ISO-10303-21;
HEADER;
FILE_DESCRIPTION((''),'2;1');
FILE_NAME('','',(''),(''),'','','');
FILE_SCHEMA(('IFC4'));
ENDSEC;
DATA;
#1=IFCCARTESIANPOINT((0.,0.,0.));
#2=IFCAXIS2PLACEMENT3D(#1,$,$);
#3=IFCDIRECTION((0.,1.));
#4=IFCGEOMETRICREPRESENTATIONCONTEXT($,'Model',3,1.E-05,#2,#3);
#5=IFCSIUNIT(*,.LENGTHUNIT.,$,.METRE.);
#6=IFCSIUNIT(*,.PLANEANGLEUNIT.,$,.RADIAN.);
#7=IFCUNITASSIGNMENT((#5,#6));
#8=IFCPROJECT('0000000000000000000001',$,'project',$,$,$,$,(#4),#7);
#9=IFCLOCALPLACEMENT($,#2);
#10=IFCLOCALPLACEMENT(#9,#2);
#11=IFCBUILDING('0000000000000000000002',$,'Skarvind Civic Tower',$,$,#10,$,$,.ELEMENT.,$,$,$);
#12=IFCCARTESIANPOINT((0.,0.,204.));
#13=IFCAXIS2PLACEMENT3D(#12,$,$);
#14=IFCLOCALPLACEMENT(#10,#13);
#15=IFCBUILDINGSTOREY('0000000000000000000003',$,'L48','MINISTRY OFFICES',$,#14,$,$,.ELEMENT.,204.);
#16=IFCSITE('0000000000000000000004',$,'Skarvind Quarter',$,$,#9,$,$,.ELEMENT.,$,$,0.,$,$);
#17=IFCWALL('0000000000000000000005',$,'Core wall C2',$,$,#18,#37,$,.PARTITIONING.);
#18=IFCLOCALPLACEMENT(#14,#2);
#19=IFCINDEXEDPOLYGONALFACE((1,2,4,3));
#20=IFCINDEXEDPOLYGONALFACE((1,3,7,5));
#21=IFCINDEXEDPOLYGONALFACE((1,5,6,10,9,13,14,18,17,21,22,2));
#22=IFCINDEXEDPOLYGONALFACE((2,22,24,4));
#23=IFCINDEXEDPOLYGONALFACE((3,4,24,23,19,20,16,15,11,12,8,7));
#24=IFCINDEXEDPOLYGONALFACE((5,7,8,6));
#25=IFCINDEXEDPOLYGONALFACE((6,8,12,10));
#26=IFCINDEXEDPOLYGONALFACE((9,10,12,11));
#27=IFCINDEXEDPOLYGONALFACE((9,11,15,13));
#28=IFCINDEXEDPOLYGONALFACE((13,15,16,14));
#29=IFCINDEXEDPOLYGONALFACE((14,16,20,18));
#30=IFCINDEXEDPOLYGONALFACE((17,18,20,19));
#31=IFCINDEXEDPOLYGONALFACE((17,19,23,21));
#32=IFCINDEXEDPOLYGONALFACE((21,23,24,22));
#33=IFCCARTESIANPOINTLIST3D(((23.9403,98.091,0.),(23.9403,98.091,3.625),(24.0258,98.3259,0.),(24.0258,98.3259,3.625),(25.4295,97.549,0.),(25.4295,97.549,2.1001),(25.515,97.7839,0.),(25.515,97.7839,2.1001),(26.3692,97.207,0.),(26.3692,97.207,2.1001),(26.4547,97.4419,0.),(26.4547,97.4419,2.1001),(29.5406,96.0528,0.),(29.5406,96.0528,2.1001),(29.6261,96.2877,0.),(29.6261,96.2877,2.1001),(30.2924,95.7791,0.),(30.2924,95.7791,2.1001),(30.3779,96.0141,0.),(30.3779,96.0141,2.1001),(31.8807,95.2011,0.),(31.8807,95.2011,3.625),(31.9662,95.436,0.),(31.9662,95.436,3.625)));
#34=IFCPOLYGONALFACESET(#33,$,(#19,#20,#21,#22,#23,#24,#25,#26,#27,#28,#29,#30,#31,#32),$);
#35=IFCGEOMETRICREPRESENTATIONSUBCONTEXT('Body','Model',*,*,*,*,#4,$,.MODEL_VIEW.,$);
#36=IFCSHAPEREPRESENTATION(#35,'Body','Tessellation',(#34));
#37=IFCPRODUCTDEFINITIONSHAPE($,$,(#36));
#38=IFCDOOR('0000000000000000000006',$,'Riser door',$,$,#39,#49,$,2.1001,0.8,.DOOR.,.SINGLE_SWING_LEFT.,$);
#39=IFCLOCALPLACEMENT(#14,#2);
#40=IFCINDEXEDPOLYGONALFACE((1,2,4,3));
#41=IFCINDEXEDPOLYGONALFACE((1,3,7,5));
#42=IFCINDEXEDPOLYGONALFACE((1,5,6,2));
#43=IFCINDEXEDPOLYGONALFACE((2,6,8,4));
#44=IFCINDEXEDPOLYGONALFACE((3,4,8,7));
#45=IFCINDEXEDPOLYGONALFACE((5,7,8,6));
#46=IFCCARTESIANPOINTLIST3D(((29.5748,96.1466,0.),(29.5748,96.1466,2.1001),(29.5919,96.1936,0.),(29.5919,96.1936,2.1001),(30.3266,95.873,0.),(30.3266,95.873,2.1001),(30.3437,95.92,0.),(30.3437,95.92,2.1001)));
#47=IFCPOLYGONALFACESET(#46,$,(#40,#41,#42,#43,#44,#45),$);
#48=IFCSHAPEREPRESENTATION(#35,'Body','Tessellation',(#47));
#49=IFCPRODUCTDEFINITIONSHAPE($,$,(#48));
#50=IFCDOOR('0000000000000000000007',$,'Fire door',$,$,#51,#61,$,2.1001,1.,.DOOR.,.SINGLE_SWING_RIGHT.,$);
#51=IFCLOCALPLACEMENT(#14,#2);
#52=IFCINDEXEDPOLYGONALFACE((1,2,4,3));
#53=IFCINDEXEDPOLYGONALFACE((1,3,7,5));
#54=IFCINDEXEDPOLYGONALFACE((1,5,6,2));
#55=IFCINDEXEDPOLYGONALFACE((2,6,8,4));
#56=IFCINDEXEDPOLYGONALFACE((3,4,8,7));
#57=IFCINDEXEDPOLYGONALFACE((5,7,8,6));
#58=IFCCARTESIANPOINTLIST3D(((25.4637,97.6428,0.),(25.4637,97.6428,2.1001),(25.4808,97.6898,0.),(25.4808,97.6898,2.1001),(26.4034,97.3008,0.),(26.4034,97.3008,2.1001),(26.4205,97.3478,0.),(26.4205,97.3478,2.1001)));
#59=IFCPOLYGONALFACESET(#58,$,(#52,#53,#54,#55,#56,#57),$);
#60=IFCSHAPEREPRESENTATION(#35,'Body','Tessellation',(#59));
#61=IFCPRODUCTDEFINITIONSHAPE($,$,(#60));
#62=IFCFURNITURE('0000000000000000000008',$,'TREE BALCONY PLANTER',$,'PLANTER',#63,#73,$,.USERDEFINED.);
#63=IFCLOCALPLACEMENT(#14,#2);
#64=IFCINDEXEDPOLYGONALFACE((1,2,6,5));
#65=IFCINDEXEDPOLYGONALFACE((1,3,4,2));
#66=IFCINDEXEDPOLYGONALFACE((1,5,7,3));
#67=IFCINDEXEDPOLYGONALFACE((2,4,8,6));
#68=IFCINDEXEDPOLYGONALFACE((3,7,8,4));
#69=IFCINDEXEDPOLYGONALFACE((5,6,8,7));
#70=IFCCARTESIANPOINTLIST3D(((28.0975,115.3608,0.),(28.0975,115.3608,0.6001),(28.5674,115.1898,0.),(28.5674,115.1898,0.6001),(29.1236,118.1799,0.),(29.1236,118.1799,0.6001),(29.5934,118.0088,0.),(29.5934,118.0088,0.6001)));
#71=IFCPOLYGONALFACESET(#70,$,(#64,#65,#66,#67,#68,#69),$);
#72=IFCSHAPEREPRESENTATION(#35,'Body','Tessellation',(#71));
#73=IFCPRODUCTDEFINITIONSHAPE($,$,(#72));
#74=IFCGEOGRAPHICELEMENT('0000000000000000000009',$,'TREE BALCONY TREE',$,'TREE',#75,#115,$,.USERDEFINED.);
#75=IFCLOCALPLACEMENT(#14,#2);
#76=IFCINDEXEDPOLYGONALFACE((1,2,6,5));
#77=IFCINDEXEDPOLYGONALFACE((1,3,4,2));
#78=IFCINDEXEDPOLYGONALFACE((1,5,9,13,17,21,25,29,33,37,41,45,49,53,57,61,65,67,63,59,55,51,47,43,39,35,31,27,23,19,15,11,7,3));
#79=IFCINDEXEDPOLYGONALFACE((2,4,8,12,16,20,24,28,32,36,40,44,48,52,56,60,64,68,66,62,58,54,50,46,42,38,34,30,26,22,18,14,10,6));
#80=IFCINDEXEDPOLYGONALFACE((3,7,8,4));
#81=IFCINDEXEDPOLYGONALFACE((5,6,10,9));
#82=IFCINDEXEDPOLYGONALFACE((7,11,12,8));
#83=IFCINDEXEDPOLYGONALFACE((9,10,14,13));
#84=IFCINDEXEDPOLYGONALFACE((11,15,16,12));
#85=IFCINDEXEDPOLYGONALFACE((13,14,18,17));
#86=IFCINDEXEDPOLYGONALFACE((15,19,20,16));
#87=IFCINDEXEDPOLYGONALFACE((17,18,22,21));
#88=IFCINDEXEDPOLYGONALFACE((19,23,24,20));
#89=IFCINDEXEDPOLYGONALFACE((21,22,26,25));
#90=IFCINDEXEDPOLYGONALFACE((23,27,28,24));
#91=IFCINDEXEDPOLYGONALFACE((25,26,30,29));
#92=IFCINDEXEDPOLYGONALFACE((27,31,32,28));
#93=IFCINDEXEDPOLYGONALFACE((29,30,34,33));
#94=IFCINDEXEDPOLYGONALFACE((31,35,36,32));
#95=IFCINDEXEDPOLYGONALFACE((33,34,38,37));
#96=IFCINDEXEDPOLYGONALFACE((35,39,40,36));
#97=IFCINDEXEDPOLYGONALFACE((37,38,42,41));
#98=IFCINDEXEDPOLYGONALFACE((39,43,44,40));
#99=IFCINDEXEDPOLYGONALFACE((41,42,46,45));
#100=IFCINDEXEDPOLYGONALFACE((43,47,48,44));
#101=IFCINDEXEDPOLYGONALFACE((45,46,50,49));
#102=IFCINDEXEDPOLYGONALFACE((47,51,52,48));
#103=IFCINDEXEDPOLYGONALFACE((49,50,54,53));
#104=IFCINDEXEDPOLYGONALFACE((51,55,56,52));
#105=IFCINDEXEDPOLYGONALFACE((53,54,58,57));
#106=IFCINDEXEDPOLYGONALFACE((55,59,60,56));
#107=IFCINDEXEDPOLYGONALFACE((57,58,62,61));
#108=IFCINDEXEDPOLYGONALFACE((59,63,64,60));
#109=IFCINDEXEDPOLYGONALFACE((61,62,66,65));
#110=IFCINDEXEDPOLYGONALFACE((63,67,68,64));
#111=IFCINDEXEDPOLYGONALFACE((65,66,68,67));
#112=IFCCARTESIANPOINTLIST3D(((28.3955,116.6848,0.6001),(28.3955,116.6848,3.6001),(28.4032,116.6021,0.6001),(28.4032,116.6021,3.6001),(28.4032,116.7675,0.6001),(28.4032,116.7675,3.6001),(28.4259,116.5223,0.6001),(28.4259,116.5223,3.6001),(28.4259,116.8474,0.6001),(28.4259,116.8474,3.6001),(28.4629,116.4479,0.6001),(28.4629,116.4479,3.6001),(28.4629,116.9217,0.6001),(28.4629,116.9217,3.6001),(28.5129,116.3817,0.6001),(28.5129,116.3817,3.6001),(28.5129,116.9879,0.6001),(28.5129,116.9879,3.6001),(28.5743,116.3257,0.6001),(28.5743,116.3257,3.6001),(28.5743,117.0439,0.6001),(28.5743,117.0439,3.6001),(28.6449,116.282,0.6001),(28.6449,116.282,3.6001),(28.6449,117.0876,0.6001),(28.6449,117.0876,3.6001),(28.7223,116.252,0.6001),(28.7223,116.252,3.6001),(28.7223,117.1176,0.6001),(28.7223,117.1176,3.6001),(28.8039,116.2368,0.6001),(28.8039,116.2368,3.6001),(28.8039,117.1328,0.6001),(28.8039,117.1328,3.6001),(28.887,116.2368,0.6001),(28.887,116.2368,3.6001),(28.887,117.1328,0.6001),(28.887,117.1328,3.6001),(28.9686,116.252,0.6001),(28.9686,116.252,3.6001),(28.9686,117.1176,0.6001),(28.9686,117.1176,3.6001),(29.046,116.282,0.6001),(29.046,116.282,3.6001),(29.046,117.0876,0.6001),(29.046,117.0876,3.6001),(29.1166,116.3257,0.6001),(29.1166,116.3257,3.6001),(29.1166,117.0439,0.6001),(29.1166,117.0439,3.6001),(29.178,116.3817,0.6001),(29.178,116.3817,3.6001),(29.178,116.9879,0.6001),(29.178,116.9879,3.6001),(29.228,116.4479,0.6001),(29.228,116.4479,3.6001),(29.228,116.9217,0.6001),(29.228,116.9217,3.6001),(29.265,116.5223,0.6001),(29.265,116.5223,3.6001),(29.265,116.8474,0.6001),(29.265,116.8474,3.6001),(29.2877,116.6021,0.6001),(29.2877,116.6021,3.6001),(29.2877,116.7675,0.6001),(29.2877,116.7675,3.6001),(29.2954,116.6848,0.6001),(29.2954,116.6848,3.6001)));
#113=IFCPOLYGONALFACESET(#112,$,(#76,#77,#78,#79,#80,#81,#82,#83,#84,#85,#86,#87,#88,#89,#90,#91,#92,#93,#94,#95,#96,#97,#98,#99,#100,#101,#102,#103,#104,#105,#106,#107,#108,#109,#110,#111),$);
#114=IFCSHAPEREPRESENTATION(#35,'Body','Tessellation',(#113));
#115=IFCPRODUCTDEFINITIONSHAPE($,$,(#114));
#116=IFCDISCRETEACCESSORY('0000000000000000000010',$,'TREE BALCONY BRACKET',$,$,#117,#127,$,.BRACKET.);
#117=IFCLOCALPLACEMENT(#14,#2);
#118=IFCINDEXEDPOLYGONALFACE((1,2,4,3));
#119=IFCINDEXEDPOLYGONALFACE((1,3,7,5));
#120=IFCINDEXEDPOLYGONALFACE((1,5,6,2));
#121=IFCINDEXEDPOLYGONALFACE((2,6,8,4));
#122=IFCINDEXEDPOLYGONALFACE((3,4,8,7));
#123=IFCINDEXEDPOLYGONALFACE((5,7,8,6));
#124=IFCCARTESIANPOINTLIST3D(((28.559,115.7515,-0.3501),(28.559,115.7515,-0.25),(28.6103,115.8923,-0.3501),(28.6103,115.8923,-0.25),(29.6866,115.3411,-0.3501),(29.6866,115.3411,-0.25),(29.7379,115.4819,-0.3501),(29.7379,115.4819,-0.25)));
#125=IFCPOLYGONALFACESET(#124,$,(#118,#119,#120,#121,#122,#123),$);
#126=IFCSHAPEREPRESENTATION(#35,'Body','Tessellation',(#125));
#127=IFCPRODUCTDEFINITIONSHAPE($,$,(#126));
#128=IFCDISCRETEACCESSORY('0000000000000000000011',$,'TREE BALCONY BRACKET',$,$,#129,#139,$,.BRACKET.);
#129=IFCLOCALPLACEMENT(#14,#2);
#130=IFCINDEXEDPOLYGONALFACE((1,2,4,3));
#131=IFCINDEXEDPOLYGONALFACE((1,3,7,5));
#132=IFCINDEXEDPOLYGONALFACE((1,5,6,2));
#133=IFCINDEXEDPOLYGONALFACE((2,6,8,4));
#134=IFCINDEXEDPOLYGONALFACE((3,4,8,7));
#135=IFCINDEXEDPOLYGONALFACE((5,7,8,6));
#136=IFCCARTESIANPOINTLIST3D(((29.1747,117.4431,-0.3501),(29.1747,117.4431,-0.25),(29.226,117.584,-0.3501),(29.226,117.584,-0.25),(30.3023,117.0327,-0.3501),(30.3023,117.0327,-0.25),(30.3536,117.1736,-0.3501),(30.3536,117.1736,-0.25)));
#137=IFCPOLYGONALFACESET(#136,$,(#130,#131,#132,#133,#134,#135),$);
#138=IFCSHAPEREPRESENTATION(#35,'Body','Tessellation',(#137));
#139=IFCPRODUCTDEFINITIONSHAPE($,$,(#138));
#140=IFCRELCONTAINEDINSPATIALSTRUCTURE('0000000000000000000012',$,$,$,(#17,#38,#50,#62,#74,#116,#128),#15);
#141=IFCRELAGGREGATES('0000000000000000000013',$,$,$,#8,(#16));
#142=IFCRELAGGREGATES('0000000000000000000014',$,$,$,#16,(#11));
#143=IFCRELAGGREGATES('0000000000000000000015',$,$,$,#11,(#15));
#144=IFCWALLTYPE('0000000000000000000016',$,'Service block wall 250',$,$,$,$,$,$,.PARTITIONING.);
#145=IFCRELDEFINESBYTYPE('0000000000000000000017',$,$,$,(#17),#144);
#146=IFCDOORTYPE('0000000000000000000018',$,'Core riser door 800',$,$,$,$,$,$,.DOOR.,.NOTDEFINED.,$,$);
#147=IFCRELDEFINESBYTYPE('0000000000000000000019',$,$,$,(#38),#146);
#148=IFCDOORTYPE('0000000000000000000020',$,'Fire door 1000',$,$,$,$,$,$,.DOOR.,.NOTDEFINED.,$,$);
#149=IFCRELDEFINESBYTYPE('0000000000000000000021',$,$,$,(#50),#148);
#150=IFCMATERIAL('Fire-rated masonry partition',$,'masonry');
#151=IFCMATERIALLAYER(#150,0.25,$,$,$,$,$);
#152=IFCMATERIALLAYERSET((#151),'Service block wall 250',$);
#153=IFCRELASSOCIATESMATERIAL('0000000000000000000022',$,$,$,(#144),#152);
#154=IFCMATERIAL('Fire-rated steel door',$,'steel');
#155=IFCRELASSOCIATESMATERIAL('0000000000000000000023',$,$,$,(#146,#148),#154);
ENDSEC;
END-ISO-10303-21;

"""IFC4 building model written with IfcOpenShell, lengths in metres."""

from ifc_helpers import new_model, si_unit, direction, frame, frame_2d, origin, origin_2d, place, context, subcontext, project, spatial, rectangle, circle, extrude, material, layer, layer_set, type_object, element, fill, save


model = new_model("IFC4")

# Units and contexts
model_context = context("Model", 3, precision=1e-05, world=origin(), true_north=direction((0.0, 1.0)))
body_context = subcontext(model_context, "Body", "Model", "MODEL_VIEW")
ifc_project = project(units=[si_unit("LENGTHUNIT", "METRE"), si_unit("PLANEANGLEUNIT", "RADIAN")], contexts=[model_context])

# Site, building, storey
site_placement = place(None, origin())
site = spatial("IfcSite", under=ifc_project, at=site_placement, Name="Skarvind Quarter", CompositionType="ELEMENT", RefElevation=0.0)
building_placement = place(site_placement, origin())
building = spatial("IfcBuilding", under=site, at=building_placement, Name="Skarvind Civic Tower", CompositionType="ELEMENT")
storey_placement = place(building_placement, frame((0.0, 0.0, 204.0)))
storey = spatial("IfcBuildingStorey", under=building, at=storey_placement, Name="L48", Description="MINISTRY OFFICES", CompositionType="ELEMENT", Elevation=204.0)

# Shared definitions
ifc_material_1 = material(Name="Fire-rated masonry partition", Category="masonry")
ifc_material_2 = material(Name="Fire-rated steel door", Category="steel")

# Wall, openings, doors
ifc_layer_1 = layer(ifc_material_1, 0.25)
ifc_layer_set_1 = layer_set([ifc_layer_1], Name="Service block wall 250")
wall_type_1 = type_object("IfcWallType", Name="Service block wall 250", PredefinedType="PARTITIONING", material=ifc_layer_set_1)
wall_1_placement = place(storey_placement, frame((23.9829, 98.2085, 0.0), z_axis=(0.0, 0.0, 1.0), x_axis=(0.9397, -0.342001, 0.0)))
wall_1 = element("IfcWall", 1, at=wall_1_placement, inside=storey, type_object=wall_type_1, Name="Core wall C2", PredefinedType="PARTITIONING", context=body_context, shape_type="SweptSolid", body=[
    extrude(rectangle(XDim=8.45, YDim=0.25, at=frame_2d((4.2251, 0.0))), origin(), (0.0, 0.0, 1.0), 3.625),
])
opening_1_placement = place(wall_1_placement, frame((5.96, 0.0, 0.0)))
opening_1 = element("IfcOpeningElement", 2, at=opening_1_placement, cuts=wall_1, PredefinedType="OPENING", context=body_context, shape_type="SweptSolid", body=[
    extrude(rectangle(XDim=0.8, YDim=2.1001, at=frame_2d((0.3999, 1.05))), frame((0.0, 0.135, 0.0), z_axis=(0.0, -1.0, 0.0), x_axis=(1.0, 0.0, 0.0)), (0.0, 0.0, 1.0), 0.27),
])
opening_2_placement = place(wall_1_placement, frame((1.585, 0.0, 0.0)))
opening_2 = element("IfcOpeningElement", 3, at=opening_2_placement, cuts=wall_1, PredefinedType="OPENING", context=body_context, shape_type="SweptSolid", body=[
    extrude(rectangle(XDim=1.0, YDim=2.1001, at=frame_2d((0.5, 1.05))), frame((0.0, 0.135, 0.0), z_axis=(0.0, -1.0, 0.0), x_axis=(1.0, 0.0, 0.0)), (0.0, 0.0, 1.0), 0.27),
])
door_type_1 = type_object("IfcDoorType", Name="Core riser door 800", OperationType="NOTDEFINED", PredefinedType="DOOR", material=ifc_material_2)
door_1_placement = place(opening_1_placement, origin())
door_1 = element("IfcDoor", 4, at=door_1_placement, inside=storey, type_object=door_type_1, Name="Riser door", OperationType="SINGLE_SWING_LEFT", OverallHeight=2.1001, OverallWidth=0.8, PredefinedType="DOOR", context=body_context, shape_type="SweptSolid", body=[
    extrude(rectangle(XDim=0.8, YDim=2.1001, at=frame_2d((0.3999, 1.05))), frame((0.0, 0.0249, 0.0), z_axis=(0.0, -1.0, 0.0), x_axis=(1.0, 0.0, 0.0)), (0.0, 0.0, 1.0), 0.05),
])
fill(opening_1, door_1)
door_type_2 = type_object("IfcDoorType", Name="Fire door 1000", OperationType="NOTDEFINED", PredefinedType="DOOR", material=ifc_material_2)
door_2_placement = place(opening_2_placement, origin())
door_2 = element("IfcDoor", 5, at=door_2_placement, inside=storey, type_object=door_type_2, Name="Fire door", OperationType="SINGLE_SWING_RIGHT", OverallHeight=2.1001, OverallWidth=1.0, PredefinedType="DOOR", context=body_context, shape_type="SweptSolid", body=[
    extrude(rectangle(XDim=1.0, YDim=2.1001, at=frame_2d((0.5, 1.05))), frame((0.0, 0.0249, 0.0), z_axis=(0.0, -1.0, 0.0), x_axis=(1.0, 0.0, 0.0)), (0.0, 0.0, 1.0), 0.05),
])
fill(opening_2, door_2)

# Furniture
furniture_placement = place(storey_placement, frame((28.8455, 116.6848, 0.0), z_axis=(0.0, 0.0, 1.0), x_axis=(0.34202, 0.939693, 0.0)))
element("IfcFurniture", 6, at=furniture_placement, inside=storey, Name="TREE BALCONY PLANTER", ObjectType="PLANTER", PredefinedType="USERDEFINED", context=body_context, shape_type="SweptSolid", body=[
    extrude(rectangle(XDim=3.0, YDim=0.5, at=origin_2d()), origin(), (0.0, 0.0, 1.0), 0.6001),
])

# Geographic element
geographic_element_placement = place(storey_placement, frame((28.8455, 116.6848, 0.6001), z_axis=(0.0, 0.0, 1.0), x_axis=(1.0, 0.0, 0.0)))
element("IfcGeographicElement", 7, at=geographic_element_placement, inside=storey, Name="TREE BALCONY TREE", ObjectType="TREE", PredefinedType="USERDEFINED", context=body_context, shape_type="SweptSolid", body=[
    extrude(circle(Radius=0.45, at=origin_2d()), origin(), (0.0, 0.0, 1.0), 3.0),
])

# Discrete accessories
for number, where, z_axis, x_axis, name in (
    (8, (29.1484, 115.6167, -0.3501), (0.0, 0.0, 1.0), (0.34202, 0.939693, 0.0), "TREE BALCONY BRACKET"),
    (9, (29.7642, 117.3083, -0.3501), (0.0, 0.0, 1.0), (0.34202, 0.939693, 0.0), "TREE BALCONY BRACKET"),
):
    element("IfcDiscreteAccessory", number, at=place(storey_placement, frame(where, z_axis=z_axis, x_axis=x_axis)), inside=storey, Name=name, PredefinedType="BRACKET", context=body_context, shape_type="SweptSolid", body=[
        extrude(rectangle(XDim=0.1499, YDim=1.2, at=origin_2d()), origin(), (0.0, 0.0, 1.0), 0.1001),
    ])

save(model, "model.ifc")
